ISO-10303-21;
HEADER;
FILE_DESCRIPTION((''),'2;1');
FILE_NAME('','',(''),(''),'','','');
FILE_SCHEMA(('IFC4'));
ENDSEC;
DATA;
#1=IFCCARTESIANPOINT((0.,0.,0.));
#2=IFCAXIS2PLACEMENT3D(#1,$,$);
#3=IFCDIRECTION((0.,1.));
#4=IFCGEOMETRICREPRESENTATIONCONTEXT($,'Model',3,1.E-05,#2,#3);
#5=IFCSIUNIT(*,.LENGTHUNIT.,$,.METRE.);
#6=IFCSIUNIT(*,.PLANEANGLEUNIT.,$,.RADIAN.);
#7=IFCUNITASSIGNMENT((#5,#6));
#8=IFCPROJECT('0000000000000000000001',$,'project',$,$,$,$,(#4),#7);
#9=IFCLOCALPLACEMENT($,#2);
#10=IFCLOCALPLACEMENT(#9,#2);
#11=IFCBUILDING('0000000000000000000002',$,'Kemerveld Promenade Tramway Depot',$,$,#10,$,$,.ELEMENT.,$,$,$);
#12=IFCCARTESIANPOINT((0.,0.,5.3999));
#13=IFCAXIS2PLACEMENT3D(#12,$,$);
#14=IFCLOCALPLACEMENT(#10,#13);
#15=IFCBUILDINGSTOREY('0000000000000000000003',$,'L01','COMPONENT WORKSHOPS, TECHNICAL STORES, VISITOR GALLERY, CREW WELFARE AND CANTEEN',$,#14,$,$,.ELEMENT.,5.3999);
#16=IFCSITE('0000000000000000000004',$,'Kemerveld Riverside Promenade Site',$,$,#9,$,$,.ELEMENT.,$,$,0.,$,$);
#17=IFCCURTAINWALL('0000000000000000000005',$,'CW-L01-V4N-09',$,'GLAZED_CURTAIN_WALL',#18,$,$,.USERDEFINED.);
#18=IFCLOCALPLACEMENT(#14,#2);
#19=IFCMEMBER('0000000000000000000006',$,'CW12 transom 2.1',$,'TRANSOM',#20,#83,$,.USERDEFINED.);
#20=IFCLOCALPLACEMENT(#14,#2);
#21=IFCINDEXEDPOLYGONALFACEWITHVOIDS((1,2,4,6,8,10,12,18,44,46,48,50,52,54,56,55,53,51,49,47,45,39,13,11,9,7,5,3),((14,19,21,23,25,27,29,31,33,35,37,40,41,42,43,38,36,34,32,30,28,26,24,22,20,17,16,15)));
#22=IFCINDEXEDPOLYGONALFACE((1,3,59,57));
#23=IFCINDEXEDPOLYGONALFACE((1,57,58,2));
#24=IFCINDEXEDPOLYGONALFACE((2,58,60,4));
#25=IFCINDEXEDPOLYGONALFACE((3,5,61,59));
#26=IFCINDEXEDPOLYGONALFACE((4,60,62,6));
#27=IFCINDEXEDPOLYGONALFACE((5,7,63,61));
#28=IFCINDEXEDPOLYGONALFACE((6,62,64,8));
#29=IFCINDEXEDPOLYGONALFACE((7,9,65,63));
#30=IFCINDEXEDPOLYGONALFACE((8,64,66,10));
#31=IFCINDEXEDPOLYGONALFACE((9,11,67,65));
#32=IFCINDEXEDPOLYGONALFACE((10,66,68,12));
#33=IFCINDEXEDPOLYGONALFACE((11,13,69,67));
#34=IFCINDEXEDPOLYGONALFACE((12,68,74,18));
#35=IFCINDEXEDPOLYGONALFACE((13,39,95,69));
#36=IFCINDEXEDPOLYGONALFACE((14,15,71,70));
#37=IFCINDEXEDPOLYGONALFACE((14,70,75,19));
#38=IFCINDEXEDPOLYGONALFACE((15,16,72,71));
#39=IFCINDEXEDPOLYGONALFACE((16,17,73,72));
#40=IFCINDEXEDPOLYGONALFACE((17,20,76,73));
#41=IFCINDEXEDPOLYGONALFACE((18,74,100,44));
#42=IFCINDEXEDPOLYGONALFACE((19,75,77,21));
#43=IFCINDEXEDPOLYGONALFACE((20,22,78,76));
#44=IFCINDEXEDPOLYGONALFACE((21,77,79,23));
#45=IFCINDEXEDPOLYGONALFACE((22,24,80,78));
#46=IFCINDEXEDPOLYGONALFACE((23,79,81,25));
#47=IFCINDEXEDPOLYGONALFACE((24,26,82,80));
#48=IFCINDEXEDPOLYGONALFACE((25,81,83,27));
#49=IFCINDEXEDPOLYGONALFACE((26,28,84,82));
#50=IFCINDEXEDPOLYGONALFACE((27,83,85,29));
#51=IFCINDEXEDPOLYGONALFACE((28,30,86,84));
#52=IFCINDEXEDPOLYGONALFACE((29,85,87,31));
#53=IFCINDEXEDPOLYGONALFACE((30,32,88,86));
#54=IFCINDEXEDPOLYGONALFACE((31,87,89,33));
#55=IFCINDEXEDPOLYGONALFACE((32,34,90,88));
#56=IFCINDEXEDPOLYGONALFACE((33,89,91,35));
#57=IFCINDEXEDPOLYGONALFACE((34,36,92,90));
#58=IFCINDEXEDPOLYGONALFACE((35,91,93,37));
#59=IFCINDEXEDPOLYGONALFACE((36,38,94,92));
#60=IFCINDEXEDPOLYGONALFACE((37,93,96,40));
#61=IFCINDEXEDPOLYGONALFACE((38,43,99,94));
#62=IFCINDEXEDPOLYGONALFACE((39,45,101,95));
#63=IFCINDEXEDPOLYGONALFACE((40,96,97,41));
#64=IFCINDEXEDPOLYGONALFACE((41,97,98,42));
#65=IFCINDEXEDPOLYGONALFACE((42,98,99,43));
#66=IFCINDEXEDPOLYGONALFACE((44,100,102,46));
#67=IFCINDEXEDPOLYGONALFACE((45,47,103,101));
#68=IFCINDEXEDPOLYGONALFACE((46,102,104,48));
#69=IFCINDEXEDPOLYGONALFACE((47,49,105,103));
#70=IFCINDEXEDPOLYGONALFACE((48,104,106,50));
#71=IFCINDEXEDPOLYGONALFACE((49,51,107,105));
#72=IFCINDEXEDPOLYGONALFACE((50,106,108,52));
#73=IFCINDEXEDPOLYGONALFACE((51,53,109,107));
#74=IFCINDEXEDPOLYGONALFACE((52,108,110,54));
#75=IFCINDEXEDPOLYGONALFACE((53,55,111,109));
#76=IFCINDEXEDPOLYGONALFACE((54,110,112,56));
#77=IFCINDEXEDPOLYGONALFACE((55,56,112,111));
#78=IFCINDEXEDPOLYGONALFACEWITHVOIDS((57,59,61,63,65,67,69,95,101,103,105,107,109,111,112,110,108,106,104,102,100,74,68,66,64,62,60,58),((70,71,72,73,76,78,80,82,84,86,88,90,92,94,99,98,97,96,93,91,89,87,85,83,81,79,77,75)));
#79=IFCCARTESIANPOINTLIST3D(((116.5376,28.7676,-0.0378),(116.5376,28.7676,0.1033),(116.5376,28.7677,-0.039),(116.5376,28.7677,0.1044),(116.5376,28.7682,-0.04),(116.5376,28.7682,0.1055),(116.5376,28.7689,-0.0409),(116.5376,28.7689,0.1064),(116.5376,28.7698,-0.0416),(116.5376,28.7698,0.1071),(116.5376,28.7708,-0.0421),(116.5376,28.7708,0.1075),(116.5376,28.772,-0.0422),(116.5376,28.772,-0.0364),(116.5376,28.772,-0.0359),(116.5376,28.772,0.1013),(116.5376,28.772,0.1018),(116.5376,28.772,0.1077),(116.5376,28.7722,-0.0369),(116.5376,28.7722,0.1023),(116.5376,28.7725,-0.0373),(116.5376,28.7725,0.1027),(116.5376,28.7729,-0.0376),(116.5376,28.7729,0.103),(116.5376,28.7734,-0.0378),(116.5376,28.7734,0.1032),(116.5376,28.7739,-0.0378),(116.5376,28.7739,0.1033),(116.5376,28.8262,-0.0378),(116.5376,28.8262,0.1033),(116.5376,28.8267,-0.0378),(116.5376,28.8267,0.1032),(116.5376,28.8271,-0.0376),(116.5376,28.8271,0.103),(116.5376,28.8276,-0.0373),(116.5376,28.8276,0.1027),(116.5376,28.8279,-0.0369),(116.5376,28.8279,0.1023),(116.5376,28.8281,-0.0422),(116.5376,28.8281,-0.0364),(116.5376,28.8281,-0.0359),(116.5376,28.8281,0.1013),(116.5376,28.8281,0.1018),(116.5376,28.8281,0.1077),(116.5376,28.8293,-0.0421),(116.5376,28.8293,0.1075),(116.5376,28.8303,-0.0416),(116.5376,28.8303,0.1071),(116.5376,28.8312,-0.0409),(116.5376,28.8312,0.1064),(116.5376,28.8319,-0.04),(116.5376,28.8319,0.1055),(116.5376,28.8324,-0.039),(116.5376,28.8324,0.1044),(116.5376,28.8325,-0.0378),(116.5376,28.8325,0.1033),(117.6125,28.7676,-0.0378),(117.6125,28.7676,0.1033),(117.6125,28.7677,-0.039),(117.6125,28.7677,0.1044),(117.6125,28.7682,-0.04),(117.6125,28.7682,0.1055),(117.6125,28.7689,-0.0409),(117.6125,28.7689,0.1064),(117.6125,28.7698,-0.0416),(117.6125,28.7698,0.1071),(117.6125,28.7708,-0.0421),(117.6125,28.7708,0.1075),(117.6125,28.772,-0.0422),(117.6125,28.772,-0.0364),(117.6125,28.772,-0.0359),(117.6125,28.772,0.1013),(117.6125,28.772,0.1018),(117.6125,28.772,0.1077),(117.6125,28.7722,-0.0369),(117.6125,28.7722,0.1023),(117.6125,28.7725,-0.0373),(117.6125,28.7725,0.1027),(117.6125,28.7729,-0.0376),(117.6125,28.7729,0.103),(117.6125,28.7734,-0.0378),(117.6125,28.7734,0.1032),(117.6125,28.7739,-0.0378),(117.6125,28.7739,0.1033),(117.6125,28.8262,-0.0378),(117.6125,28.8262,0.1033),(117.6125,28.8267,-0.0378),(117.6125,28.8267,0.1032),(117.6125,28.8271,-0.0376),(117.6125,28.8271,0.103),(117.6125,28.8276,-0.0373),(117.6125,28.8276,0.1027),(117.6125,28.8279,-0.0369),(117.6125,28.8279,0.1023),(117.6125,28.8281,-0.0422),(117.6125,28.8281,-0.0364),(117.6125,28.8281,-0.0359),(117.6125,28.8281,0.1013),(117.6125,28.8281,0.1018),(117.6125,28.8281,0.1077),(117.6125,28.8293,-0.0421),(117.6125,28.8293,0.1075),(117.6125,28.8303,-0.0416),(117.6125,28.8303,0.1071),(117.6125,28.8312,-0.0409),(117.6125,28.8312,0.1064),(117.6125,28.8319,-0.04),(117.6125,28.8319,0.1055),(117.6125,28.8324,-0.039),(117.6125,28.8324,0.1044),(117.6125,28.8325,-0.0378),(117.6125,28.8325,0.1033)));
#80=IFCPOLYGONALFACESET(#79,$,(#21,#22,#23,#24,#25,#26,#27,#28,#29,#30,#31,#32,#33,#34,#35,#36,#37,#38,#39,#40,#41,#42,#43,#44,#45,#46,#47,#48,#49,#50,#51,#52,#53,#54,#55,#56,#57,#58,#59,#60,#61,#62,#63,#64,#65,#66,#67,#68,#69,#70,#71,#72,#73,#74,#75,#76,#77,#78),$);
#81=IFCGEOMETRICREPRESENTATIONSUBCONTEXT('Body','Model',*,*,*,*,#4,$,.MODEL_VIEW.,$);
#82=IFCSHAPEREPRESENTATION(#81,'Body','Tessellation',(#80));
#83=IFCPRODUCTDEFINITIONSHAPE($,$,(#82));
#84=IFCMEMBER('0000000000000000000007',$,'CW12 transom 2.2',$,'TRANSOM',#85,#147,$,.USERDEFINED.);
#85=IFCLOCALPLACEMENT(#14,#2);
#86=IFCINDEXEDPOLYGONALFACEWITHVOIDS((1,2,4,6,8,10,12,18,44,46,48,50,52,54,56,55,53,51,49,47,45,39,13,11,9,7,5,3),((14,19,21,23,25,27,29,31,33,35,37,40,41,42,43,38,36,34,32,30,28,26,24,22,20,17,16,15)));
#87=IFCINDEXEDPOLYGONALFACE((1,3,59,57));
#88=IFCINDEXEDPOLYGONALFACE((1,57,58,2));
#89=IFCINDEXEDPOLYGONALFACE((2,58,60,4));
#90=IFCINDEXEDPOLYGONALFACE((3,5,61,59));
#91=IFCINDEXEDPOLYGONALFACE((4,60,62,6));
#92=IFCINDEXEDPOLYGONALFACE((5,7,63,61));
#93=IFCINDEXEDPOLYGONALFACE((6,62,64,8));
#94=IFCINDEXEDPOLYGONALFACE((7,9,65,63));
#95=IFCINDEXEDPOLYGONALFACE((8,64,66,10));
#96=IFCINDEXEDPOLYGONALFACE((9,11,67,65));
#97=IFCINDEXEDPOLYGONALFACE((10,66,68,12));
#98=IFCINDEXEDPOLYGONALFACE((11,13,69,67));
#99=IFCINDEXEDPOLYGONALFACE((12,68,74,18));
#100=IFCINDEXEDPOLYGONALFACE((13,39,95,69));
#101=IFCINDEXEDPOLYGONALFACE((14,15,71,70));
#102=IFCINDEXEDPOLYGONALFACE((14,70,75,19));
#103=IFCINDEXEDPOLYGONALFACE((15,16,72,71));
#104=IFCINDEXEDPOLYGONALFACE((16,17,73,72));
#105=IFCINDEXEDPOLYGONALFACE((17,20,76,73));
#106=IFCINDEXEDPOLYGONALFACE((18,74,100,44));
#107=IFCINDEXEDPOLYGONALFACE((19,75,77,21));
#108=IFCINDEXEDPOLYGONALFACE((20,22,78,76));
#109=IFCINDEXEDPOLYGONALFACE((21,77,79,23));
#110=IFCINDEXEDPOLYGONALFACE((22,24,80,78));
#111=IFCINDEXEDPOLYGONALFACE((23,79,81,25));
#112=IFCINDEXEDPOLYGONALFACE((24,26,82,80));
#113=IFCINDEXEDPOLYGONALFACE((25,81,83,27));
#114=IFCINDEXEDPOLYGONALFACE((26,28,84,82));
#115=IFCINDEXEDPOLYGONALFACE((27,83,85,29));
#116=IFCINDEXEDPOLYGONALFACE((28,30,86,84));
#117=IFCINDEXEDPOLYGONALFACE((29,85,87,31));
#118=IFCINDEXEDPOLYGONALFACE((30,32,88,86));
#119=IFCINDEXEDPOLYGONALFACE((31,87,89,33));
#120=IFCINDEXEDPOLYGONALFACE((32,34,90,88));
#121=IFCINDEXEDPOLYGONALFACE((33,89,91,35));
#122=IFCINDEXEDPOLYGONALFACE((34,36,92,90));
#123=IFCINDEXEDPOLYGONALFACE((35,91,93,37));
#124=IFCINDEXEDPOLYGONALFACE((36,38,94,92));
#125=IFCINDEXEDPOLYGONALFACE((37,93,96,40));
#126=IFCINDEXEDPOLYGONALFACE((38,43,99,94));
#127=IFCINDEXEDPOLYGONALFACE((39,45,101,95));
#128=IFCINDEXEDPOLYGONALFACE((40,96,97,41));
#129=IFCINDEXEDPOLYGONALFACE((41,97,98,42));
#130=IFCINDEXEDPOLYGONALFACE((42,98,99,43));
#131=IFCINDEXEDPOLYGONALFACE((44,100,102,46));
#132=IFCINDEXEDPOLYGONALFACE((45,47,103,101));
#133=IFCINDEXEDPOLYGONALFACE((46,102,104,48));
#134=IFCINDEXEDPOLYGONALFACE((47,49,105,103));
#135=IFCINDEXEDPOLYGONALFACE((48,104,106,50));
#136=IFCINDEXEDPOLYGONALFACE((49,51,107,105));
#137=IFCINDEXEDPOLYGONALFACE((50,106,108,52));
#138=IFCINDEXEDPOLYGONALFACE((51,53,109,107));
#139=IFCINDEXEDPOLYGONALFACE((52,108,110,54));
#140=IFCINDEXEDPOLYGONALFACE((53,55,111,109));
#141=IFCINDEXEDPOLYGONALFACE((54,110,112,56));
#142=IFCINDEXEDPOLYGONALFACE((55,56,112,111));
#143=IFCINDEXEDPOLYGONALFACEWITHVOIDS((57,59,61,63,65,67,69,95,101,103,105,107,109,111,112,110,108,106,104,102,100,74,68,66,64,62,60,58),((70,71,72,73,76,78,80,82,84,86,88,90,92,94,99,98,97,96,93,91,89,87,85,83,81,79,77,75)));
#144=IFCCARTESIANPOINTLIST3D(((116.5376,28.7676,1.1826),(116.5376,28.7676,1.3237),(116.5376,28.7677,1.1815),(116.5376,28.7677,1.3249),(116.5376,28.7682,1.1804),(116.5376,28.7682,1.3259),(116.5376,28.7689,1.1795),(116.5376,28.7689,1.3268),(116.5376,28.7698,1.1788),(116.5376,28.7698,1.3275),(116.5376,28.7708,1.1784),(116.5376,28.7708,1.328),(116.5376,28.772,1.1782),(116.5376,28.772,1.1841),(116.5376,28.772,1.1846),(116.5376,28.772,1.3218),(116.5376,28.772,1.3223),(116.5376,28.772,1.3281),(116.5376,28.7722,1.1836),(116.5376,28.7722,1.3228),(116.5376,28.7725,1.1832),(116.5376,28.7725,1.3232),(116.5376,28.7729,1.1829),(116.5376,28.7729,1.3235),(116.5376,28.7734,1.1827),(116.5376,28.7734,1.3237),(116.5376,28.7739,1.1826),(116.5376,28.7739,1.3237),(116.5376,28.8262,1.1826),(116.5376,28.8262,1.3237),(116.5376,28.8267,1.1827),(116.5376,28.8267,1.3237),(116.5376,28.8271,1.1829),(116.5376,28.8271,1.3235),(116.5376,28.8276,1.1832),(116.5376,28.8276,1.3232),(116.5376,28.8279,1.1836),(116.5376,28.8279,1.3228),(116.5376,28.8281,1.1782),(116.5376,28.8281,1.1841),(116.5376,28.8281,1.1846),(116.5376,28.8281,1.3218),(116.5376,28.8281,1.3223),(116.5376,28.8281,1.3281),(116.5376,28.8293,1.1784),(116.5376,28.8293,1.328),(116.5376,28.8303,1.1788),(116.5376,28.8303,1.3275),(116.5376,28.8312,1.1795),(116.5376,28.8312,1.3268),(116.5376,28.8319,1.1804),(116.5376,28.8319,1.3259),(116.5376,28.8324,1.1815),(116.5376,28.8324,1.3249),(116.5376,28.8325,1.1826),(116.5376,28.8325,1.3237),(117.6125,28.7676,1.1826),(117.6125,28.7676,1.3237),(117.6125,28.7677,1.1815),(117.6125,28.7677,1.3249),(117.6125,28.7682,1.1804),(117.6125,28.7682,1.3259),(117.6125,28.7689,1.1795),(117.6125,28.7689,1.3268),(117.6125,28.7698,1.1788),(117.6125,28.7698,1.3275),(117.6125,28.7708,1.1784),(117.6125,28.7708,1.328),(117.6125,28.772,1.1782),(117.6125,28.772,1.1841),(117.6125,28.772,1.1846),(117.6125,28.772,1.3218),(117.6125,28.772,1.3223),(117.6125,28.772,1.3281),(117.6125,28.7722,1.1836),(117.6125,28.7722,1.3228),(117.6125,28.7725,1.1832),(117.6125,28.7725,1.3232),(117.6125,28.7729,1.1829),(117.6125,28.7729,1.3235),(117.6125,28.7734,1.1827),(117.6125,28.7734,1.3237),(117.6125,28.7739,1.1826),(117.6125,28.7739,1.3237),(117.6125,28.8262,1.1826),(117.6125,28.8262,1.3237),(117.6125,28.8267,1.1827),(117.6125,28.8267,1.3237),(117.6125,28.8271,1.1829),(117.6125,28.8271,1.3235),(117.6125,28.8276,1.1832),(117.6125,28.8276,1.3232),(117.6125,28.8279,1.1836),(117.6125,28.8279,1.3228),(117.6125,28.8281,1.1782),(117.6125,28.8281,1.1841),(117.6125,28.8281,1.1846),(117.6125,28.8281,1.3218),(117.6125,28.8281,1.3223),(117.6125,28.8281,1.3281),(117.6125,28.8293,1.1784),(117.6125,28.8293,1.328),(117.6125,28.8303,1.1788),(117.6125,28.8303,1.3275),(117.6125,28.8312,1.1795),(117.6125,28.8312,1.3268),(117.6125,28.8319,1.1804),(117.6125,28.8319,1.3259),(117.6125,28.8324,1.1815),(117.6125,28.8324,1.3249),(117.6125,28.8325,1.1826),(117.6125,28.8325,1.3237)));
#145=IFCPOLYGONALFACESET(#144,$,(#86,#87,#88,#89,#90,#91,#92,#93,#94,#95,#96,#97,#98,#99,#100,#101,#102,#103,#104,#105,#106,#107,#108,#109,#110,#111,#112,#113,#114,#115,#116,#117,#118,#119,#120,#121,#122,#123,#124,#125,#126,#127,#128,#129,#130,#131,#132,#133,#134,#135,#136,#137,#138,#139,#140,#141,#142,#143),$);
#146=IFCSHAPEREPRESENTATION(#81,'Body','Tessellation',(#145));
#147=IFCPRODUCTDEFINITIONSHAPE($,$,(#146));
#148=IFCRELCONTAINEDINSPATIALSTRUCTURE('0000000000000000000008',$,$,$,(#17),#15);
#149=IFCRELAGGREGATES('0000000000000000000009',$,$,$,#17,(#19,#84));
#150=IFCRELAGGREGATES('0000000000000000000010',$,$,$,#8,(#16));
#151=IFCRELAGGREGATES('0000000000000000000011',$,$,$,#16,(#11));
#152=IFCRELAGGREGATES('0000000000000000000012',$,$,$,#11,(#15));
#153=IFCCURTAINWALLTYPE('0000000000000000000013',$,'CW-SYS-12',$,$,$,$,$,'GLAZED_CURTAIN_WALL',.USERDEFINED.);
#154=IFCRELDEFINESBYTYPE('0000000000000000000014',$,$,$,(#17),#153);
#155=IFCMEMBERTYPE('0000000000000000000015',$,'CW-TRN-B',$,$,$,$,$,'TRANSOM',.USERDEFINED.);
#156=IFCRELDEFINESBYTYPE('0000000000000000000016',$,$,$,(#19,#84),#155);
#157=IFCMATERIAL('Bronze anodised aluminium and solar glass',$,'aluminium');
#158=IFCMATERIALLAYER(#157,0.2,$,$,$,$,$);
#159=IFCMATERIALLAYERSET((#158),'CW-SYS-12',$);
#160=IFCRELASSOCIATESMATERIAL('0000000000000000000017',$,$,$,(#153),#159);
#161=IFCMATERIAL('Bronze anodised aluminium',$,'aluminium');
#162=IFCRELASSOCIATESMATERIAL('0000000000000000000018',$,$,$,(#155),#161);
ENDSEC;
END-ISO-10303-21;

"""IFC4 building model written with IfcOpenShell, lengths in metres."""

from ifc_helpers import new_model, si_unit, direction, frame, origin, origin_2d, place, context, subcontext, project, spatial, hollow_rectangle, extrude, material, layer, layer_set, material_profile, profile_set, type_object, element, aggregate, save


model = new_model("IFC4")

# Units and contexts
model_context = context("Model", 3, precision=1e-05, world=origin(), true_north=direction((0.0, 1.0)))
body_context = subcontext(model_context, "Body", "Model", "MODEL_VIEW")
ifc_project = project(units=[si_unit("LENGTHUNIT", "METRE"), si_unit("PLANEANGLEUNIT", "RADIAN")], contexts=[model_context])

# Site, building, storey
site_placement = place(None, origin())
site = spatial("IfcSite", under=ifc_project, at=site_placement, Name="Kemerveld Riverside Promenade Site", CompositionType="ELEMENT", RefElevation=0.0)
building_placement = place(site_placement, origin())
building = spatial("IfcBuilding", under=site, at=building_placement, Name="Kemerveld Promenade Tramway Depot", CompositionType="ELEMENT")
storey_placement = place(building_placement, frame((0.0, 0.0, 5.3999)))
storey = spatial("IfcBuildingStorey", under=building, at=storey_placement, Name="L01", Description="COMPONENT WORKSHOPS, TECHNICAL STORES, VISITOR GALLERY, CREW WELFARE AND CANTEEN", CompositionType="ELEMENT", Elevation=5.3999)

# Curtain wall, members
ifc_material_1 = material(Name="Bronze anodised aluminium and solar glass", Category="aluminium")
ifc_layer_1 = layer(ifc_material_1, 0.2)
ifc_layer_set_1 = layer_set([ifc_layer_1], Name="CW-SYS-12")
curtain_wall_type = type_object("IfcCurtainWallType", Name="CW-SYS-12", ElementType="GLAZED_CURTAIN_WALL", PredefinedType="USERDEFINED", material=ifc_layer_set_1)
curtain_wall_placement = place(storey_placement, origin())
curtain_wall = element("IfcCurtainWall", 1, at=curtain_wall_placement, inside=storey, type_object=curtain_wall_type, Name="CW-L01-V4N-09", ObjectType="GLAZED_CURTAIN_WALL", PredefinedType="USERDEFINED")
ifc_material_2 = material(Name="Bronze anodised aluminium", Category="aluminium")
ifc_material_profile_1 = material_profile(ifc_material_2, hollow_rectangle(XDim=0.0649, YDim=0.1499, WallThickness=0.0044, InnerFilletRadius=0.002, OuterFilletRadius=0.0044, at=origin_2d()), Name="CW-TRN-150x65")
ifc_profile_set_1 = profile_set([ifc_material_profile_1], Name="Bronze anodised aluminium")
member_type_1 = type_object("IfcMemberType", Name="CW-TRN-B", ElementType="TRANSOM", PredefinedType="USERDEFINED", material=ifc_profile_set_1)
member_1_placement = place(storey_placement, frame((116.5376, 28.8, 0.0327), z_axis=(1.0, 0.0, 0.0), x_axis=(0.0, 1.0, 0.0)))
member_1 = element("IfcMember", 2, at=member_1_placement, type_object=member_type_1, Name="CW12 transom 2.1", ObjectType="TRANSOM", PredefinedType="USERDEFINED", context=body_context, shape_type="SweptSolid", body=[
    extrude(hollow_rectangle(XDim=0.0649, YDim=0.1499, WallThickness=0.0044, InnerFilletRadius=0.002, OuterFilletRadius=0.0044, at=origin_2d()), origin(), (0.0, 0.0, 1.0), 1.075),
])
member_2_placement = place(storey_placement, frame((116.5376, 28.8, 1.2532), z_axis=(1.0, 0.0, 0.0), x_axis=(0.0, 1.0, 0.0)))
member_2 = element("IfcMember", 3, at=member_2_placement, type_object=member_type_1, Name="CW12 transom 2.2", ObjectType="TRANSOM", PredefinedType="USERDEFINED", context=body_context, shape_type="SweptSolid", body=[
    extrude(hollow_rectangle(XDim=0.0649, YDim=0.1499, WallThickness=0.0044, InnerFilletRadius=0.002, OuterFilletRadius=0.0044, at=origin_2d()), origin(), (0.0, 0.0, 1.0), 1.075),
])
aggregate(curtain_wall, [member_1, member_2])

save(model, "model.ifc")
